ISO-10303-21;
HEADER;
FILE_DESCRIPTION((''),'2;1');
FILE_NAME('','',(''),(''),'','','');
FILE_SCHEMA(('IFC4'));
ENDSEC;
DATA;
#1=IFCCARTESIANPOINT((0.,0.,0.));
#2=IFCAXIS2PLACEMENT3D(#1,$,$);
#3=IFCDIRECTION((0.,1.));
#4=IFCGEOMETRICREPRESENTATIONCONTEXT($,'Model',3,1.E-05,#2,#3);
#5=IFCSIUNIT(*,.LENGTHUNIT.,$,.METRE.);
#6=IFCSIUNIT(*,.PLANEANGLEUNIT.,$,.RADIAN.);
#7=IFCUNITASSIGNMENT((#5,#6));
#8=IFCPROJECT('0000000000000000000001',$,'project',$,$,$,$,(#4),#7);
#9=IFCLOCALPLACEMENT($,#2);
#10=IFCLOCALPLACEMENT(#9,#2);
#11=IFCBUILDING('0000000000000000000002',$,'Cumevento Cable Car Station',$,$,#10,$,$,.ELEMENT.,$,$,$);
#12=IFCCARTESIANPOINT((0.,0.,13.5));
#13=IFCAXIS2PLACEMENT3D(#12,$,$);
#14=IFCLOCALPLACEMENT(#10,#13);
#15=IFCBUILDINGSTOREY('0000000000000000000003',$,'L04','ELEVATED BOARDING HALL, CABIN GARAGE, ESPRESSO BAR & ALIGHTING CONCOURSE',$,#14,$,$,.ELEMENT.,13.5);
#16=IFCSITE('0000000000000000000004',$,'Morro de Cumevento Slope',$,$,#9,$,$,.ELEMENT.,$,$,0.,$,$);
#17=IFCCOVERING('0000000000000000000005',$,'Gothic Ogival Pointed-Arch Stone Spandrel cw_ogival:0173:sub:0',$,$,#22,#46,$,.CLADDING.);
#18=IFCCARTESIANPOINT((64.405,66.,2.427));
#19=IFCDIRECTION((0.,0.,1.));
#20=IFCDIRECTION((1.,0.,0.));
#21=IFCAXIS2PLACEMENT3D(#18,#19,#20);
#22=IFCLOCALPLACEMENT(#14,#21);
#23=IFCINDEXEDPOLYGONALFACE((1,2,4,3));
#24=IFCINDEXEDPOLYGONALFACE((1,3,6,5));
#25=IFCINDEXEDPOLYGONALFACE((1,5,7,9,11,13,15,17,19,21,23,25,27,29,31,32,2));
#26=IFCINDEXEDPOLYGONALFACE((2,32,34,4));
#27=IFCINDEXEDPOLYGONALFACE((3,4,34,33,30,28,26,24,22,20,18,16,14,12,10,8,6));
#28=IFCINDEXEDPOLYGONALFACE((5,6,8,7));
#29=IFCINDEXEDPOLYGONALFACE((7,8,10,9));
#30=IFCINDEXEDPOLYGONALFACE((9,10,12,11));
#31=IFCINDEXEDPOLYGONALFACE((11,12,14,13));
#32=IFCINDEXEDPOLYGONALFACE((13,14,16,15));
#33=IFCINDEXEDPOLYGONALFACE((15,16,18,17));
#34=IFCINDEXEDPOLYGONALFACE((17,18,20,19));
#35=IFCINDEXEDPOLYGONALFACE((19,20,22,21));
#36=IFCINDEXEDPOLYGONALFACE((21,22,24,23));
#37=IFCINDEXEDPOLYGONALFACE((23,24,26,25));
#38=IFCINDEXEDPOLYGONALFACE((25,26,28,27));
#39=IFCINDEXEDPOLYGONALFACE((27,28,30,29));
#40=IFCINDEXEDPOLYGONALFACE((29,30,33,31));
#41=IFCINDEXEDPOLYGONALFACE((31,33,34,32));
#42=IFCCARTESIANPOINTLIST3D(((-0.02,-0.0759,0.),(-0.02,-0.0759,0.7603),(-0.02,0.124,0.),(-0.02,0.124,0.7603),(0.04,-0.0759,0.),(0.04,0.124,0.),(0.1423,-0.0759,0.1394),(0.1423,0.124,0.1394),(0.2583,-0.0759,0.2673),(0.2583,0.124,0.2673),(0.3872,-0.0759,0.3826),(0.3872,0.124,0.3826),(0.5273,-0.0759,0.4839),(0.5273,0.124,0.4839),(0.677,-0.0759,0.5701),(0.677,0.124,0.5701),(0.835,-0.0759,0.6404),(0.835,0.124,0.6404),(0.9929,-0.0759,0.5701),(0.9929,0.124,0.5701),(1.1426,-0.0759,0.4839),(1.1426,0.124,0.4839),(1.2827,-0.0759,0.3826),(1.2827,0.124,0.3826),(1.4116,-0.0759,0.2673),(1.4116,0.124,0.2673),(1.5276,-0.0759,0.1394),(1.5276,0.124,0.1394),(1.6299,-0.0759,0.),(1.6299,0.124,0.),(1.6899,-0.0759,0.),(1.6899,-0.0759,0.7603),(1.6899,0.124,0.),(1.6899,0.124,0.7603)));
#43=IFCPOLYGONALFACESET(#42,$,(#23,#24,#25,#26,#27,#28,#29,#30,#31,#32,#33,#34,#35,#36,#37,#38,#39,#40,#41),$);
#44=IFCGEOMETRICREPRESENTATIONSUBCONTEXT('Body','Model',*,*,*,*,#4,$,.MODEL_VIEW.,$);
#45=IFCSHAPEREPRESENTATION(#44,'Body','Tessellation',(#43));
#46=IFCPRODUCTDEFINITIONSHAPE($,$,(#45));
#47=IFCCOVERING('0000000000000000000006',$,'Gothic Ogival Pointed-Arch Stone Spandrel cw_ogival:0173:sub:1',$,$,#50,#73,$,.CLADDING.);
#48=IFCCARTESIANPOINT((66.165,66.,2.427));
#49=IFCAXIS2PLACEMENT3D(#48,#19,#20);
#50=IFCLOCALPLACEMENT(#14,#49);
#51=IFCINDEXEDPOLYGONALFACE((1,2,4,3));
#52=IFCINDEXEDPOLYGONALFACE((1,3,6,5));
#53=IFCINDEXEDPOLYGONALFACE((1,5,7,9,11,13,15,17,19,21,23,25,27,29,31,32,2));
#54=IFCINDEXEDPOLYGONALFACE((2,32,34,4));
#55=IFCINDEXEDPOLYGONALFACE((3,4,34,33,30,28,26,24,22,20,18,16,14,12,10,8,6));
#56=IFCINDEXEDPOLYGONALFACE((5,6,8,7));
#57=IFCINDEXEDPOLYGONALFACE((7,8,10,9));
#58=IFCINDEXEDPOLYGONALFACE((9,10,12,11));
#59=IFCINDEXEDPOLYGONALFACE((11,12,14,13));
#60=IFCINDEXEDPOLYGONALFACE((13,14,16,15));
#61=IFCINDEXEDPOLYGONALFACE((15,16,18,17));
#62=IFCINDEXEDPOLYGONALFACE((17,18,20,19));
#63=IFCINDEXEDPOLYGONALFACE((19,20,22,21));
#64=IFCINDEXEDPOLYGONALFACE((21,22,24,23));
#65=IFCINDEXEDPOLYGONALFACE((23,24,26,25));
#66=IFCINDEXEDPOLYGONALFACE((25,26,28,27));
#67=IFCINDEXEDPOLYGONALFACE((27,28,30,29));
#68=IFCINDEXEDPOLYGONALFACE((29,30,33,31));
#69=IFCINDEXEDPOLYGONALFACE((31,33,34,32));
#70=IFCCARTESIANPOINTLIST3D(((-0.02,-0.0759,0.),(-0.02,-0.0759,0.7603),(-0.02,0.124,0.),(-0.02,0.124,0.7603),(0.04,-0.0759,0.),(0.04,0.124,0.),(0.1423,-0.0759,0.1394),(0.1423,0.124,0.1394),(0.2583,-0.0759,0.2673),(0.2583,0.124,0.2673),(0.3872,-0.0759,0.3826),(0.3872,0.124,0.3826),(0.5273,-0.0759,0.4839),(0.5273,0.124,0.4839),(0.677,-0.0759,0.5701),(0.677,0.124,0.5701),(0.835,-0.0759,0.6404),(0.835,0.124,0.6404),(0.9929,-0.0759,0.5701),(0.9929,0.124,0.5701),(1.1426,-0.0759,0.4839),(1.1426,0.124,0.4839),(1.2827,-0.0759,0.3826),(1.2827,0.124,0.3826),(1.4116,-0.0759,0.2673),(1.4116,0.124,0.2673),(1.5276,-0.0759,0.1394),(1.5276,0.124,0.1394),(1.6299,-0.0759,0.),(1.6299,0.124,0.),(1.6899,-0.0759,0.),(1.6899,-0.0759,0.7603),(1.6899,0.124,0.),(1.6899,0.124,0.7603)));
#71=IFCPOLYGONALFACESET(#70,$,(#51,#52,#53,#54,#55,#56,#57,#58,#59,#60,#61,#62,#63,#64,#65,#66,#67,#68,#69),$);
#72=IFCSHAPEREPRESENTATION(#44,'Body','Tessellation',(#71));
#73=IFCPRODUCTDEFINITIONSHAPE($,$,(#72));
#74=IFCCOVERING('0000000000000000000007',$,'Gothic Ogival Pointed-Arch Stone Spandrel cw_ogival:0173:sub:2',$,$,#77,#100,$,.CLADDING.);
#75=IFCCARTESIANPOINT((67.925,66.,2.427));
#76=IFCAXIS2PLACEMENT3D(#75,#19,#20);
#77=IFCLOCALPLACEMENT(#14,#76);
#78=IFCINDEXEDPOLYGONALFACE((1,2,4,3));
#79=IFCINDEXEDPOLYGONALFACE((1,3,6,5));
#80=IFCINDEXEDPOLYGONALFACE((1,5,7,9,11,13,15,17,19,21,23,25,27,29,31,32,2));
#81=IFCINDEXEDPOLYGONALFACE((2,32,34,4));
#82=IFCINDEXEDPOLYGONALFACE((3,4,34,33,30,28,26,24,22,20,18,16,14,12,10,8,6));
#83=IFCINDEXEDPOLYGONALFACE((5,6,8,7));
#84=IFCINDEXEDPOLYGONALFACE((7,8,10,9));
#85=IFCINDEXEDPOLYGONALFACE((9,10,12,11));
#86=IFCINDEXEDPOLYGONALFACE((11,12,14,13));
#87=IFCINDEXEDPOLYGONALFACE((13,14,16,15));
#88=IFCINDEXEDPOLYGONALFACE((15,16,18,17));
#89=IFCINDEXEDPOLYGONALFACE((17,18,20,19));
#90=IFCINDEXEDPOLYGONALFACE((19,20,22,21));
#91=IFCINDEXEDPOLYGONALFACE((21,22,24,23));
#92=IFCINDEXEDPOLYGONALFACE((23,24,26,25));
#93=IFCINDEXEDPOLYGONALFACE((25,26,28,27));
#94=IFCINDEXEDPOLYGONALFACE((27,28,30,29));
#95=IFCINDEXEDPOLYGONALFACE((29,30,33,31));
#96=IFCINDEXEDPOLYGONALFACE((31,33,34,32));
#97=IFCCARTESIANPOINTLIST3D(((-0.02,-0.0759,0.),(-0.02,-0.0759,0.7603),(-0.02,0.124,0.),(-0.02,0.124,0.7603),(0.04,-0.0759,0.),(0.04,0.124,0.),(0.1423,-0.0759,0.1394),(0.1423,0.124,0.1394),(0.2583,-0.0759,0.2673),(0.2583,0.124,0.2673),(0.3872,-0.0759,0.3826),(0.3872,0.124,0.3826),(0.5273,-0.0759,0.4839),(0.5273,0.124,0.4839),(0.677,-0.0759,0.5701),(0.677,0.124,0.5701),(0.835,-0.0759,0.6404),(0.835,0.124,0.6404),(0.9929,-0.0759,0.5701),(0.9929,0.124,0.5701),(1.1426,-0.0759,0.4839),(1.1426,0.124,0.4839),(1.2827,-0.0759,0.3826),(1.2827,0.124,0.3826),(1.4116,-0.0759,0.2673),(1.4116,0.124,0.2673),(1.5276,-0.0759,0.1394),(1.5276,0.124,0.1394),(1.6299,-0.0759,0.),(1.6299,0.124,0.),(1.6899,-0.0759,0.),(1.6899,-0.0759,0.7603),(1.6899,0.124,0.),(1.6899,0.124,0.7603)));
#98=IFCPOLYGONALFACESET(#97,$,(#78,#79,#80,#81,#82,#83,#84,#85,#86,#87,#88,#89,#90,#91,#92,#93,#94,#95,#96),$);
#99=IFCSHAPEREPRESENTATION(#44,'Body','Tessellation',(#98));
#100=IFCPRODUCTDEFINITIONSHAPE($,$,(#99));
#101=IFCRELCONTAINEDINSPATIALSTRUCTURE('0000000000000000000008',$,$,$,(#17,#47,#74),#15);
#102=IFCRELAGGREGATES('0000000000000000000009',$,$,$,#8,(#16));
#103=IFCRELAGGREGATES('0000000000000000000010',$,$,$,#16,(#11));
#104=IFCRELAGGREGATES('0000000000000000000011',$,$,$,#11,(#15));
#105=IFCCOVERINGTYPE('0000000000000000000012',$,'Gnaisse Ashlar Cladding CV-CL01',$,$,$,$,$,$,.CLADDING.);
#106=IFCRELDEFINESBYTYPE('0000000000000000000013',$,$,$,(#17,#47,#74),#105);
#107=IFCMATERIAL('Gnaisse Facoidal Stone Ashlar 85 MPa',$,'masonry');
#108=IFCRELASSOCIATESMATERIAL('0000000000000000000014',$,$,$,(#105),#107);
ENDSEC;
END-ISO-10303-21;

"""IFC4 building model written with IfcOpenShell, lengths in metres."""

from ifc_helpers import new_model, si_unit, direction, frame, origin, place, context, subcontext, project, spatial, polyline, outline, extrude, material, type_object, element, save


model = new_model("IFC4")

# Units and contexts
model_context = context("Model", 3, precision=1e-05, world=origin(), true_north=direction((0.0, 1.0)))
body_context = subcontext(model_context, "Body", "Model", "MODEL_VIEW")
ifc_project = project(units=[si_unit("LENGTHUNIT", "METRE"), si_unit("PLANEANGLEUNIT", "RADIAN")], contexts=[model_context])

# Site, building, storey
site_placement = place(None, origin())
site = spatial("IfcSite", under=ifc_project, at=site_placement, Name="Morro de Cumevento Slope", CompositionType="ELEMENT", RefElevation=0.0)
building_placement = place(site_placement, origin())
building = spatial("IfcBuilding", under=site, at=building_placement, Name="Cumevento Cable Car Station", CompositionType="ELEMENT")
storey_placement = place(building_placement, frame((0.0, 0.0, 13.5)))
storey = spatial("IfcBuildingStorey", under=building, at=storey_placement, Name="L04", Description="ELEVATED BOARDING HALL, CABIN GARAGE, ESPRESSO BAR & ALIGHTING CONCOURSE", CompositionType="ELEMENT", Elevation=13.5)

# Coverings
ifc_material_1 = material(Name="Gnaisse Facoidal Stone Ashlar 85 MPa", Category="masonry")
covering_type = type_object("IfcCoveringType", Name="Gnaisse Ashlar Cladding CV-CL01", PredefinedType="CLADDING", material=ifc_material_1)
for number, where, z_axis, x_axis, name in (
    (1, (64.405, 66.0, 2.427), (0.0, 0.0, 1.0), (1.0, 0.0, 0.0), "Gothic Ogival Pointed-Arch Stone Spandrel cw_ogival:0173:sub:0"),
    (2, (66.165, 66.0, 2.427), (0.0, 0.0, 1.0), (1.0, 0.0, 0.0), "Gothic Ogival Pointed-Arch Stone Spandrel cw_ogival:0173:sub:1"),
    (3, (67.925, 66.0, 2.427), (0.0, 0.0, 1.0), (1.0, 0.0, 0.0), "Gothic Ogival Pointed-Arch Stone Spandrel cw_ogival:0173:sub:2"),
):
    element("IfcCovering", number, at=place(storey_placement, frame(where, z_axis=z_axis, x_axis=x_axis)), inside=storey, type_object=covering_type, Name=name, PredefinedType="CLADDING", context=body_context, shape_type="SweptSolid", body=[
        extrude(outline(polyline([(-0.02, 0.0), (-0.02, 0.7603), (1.6899, 0.7603), (1.6899, 0.0), (1.6299, 0.0), (1.5276, 0.1394), (1.4116, 0.2673), (1.2827, 0.3826), (1.1426, 0.4839), (0.9929, 0.5701), (0.835, 0.6404), (0.677, 0.5701), (0.5273, 0.4839), (0.3872, 0.3826), (0.2583, 0.2673), (0.1423, 0.1394), (0.04, 0.0), (-0.02, 0.0)])), frame((0.0, 0.124, 0.0), z_axis=(0.0, -1.0, 0.0), x_axis=(1.0, 0.0, 0.0)), (0.0, 0.0, 1.0), 0.2),
    ])

save(model, "model.ifc")
